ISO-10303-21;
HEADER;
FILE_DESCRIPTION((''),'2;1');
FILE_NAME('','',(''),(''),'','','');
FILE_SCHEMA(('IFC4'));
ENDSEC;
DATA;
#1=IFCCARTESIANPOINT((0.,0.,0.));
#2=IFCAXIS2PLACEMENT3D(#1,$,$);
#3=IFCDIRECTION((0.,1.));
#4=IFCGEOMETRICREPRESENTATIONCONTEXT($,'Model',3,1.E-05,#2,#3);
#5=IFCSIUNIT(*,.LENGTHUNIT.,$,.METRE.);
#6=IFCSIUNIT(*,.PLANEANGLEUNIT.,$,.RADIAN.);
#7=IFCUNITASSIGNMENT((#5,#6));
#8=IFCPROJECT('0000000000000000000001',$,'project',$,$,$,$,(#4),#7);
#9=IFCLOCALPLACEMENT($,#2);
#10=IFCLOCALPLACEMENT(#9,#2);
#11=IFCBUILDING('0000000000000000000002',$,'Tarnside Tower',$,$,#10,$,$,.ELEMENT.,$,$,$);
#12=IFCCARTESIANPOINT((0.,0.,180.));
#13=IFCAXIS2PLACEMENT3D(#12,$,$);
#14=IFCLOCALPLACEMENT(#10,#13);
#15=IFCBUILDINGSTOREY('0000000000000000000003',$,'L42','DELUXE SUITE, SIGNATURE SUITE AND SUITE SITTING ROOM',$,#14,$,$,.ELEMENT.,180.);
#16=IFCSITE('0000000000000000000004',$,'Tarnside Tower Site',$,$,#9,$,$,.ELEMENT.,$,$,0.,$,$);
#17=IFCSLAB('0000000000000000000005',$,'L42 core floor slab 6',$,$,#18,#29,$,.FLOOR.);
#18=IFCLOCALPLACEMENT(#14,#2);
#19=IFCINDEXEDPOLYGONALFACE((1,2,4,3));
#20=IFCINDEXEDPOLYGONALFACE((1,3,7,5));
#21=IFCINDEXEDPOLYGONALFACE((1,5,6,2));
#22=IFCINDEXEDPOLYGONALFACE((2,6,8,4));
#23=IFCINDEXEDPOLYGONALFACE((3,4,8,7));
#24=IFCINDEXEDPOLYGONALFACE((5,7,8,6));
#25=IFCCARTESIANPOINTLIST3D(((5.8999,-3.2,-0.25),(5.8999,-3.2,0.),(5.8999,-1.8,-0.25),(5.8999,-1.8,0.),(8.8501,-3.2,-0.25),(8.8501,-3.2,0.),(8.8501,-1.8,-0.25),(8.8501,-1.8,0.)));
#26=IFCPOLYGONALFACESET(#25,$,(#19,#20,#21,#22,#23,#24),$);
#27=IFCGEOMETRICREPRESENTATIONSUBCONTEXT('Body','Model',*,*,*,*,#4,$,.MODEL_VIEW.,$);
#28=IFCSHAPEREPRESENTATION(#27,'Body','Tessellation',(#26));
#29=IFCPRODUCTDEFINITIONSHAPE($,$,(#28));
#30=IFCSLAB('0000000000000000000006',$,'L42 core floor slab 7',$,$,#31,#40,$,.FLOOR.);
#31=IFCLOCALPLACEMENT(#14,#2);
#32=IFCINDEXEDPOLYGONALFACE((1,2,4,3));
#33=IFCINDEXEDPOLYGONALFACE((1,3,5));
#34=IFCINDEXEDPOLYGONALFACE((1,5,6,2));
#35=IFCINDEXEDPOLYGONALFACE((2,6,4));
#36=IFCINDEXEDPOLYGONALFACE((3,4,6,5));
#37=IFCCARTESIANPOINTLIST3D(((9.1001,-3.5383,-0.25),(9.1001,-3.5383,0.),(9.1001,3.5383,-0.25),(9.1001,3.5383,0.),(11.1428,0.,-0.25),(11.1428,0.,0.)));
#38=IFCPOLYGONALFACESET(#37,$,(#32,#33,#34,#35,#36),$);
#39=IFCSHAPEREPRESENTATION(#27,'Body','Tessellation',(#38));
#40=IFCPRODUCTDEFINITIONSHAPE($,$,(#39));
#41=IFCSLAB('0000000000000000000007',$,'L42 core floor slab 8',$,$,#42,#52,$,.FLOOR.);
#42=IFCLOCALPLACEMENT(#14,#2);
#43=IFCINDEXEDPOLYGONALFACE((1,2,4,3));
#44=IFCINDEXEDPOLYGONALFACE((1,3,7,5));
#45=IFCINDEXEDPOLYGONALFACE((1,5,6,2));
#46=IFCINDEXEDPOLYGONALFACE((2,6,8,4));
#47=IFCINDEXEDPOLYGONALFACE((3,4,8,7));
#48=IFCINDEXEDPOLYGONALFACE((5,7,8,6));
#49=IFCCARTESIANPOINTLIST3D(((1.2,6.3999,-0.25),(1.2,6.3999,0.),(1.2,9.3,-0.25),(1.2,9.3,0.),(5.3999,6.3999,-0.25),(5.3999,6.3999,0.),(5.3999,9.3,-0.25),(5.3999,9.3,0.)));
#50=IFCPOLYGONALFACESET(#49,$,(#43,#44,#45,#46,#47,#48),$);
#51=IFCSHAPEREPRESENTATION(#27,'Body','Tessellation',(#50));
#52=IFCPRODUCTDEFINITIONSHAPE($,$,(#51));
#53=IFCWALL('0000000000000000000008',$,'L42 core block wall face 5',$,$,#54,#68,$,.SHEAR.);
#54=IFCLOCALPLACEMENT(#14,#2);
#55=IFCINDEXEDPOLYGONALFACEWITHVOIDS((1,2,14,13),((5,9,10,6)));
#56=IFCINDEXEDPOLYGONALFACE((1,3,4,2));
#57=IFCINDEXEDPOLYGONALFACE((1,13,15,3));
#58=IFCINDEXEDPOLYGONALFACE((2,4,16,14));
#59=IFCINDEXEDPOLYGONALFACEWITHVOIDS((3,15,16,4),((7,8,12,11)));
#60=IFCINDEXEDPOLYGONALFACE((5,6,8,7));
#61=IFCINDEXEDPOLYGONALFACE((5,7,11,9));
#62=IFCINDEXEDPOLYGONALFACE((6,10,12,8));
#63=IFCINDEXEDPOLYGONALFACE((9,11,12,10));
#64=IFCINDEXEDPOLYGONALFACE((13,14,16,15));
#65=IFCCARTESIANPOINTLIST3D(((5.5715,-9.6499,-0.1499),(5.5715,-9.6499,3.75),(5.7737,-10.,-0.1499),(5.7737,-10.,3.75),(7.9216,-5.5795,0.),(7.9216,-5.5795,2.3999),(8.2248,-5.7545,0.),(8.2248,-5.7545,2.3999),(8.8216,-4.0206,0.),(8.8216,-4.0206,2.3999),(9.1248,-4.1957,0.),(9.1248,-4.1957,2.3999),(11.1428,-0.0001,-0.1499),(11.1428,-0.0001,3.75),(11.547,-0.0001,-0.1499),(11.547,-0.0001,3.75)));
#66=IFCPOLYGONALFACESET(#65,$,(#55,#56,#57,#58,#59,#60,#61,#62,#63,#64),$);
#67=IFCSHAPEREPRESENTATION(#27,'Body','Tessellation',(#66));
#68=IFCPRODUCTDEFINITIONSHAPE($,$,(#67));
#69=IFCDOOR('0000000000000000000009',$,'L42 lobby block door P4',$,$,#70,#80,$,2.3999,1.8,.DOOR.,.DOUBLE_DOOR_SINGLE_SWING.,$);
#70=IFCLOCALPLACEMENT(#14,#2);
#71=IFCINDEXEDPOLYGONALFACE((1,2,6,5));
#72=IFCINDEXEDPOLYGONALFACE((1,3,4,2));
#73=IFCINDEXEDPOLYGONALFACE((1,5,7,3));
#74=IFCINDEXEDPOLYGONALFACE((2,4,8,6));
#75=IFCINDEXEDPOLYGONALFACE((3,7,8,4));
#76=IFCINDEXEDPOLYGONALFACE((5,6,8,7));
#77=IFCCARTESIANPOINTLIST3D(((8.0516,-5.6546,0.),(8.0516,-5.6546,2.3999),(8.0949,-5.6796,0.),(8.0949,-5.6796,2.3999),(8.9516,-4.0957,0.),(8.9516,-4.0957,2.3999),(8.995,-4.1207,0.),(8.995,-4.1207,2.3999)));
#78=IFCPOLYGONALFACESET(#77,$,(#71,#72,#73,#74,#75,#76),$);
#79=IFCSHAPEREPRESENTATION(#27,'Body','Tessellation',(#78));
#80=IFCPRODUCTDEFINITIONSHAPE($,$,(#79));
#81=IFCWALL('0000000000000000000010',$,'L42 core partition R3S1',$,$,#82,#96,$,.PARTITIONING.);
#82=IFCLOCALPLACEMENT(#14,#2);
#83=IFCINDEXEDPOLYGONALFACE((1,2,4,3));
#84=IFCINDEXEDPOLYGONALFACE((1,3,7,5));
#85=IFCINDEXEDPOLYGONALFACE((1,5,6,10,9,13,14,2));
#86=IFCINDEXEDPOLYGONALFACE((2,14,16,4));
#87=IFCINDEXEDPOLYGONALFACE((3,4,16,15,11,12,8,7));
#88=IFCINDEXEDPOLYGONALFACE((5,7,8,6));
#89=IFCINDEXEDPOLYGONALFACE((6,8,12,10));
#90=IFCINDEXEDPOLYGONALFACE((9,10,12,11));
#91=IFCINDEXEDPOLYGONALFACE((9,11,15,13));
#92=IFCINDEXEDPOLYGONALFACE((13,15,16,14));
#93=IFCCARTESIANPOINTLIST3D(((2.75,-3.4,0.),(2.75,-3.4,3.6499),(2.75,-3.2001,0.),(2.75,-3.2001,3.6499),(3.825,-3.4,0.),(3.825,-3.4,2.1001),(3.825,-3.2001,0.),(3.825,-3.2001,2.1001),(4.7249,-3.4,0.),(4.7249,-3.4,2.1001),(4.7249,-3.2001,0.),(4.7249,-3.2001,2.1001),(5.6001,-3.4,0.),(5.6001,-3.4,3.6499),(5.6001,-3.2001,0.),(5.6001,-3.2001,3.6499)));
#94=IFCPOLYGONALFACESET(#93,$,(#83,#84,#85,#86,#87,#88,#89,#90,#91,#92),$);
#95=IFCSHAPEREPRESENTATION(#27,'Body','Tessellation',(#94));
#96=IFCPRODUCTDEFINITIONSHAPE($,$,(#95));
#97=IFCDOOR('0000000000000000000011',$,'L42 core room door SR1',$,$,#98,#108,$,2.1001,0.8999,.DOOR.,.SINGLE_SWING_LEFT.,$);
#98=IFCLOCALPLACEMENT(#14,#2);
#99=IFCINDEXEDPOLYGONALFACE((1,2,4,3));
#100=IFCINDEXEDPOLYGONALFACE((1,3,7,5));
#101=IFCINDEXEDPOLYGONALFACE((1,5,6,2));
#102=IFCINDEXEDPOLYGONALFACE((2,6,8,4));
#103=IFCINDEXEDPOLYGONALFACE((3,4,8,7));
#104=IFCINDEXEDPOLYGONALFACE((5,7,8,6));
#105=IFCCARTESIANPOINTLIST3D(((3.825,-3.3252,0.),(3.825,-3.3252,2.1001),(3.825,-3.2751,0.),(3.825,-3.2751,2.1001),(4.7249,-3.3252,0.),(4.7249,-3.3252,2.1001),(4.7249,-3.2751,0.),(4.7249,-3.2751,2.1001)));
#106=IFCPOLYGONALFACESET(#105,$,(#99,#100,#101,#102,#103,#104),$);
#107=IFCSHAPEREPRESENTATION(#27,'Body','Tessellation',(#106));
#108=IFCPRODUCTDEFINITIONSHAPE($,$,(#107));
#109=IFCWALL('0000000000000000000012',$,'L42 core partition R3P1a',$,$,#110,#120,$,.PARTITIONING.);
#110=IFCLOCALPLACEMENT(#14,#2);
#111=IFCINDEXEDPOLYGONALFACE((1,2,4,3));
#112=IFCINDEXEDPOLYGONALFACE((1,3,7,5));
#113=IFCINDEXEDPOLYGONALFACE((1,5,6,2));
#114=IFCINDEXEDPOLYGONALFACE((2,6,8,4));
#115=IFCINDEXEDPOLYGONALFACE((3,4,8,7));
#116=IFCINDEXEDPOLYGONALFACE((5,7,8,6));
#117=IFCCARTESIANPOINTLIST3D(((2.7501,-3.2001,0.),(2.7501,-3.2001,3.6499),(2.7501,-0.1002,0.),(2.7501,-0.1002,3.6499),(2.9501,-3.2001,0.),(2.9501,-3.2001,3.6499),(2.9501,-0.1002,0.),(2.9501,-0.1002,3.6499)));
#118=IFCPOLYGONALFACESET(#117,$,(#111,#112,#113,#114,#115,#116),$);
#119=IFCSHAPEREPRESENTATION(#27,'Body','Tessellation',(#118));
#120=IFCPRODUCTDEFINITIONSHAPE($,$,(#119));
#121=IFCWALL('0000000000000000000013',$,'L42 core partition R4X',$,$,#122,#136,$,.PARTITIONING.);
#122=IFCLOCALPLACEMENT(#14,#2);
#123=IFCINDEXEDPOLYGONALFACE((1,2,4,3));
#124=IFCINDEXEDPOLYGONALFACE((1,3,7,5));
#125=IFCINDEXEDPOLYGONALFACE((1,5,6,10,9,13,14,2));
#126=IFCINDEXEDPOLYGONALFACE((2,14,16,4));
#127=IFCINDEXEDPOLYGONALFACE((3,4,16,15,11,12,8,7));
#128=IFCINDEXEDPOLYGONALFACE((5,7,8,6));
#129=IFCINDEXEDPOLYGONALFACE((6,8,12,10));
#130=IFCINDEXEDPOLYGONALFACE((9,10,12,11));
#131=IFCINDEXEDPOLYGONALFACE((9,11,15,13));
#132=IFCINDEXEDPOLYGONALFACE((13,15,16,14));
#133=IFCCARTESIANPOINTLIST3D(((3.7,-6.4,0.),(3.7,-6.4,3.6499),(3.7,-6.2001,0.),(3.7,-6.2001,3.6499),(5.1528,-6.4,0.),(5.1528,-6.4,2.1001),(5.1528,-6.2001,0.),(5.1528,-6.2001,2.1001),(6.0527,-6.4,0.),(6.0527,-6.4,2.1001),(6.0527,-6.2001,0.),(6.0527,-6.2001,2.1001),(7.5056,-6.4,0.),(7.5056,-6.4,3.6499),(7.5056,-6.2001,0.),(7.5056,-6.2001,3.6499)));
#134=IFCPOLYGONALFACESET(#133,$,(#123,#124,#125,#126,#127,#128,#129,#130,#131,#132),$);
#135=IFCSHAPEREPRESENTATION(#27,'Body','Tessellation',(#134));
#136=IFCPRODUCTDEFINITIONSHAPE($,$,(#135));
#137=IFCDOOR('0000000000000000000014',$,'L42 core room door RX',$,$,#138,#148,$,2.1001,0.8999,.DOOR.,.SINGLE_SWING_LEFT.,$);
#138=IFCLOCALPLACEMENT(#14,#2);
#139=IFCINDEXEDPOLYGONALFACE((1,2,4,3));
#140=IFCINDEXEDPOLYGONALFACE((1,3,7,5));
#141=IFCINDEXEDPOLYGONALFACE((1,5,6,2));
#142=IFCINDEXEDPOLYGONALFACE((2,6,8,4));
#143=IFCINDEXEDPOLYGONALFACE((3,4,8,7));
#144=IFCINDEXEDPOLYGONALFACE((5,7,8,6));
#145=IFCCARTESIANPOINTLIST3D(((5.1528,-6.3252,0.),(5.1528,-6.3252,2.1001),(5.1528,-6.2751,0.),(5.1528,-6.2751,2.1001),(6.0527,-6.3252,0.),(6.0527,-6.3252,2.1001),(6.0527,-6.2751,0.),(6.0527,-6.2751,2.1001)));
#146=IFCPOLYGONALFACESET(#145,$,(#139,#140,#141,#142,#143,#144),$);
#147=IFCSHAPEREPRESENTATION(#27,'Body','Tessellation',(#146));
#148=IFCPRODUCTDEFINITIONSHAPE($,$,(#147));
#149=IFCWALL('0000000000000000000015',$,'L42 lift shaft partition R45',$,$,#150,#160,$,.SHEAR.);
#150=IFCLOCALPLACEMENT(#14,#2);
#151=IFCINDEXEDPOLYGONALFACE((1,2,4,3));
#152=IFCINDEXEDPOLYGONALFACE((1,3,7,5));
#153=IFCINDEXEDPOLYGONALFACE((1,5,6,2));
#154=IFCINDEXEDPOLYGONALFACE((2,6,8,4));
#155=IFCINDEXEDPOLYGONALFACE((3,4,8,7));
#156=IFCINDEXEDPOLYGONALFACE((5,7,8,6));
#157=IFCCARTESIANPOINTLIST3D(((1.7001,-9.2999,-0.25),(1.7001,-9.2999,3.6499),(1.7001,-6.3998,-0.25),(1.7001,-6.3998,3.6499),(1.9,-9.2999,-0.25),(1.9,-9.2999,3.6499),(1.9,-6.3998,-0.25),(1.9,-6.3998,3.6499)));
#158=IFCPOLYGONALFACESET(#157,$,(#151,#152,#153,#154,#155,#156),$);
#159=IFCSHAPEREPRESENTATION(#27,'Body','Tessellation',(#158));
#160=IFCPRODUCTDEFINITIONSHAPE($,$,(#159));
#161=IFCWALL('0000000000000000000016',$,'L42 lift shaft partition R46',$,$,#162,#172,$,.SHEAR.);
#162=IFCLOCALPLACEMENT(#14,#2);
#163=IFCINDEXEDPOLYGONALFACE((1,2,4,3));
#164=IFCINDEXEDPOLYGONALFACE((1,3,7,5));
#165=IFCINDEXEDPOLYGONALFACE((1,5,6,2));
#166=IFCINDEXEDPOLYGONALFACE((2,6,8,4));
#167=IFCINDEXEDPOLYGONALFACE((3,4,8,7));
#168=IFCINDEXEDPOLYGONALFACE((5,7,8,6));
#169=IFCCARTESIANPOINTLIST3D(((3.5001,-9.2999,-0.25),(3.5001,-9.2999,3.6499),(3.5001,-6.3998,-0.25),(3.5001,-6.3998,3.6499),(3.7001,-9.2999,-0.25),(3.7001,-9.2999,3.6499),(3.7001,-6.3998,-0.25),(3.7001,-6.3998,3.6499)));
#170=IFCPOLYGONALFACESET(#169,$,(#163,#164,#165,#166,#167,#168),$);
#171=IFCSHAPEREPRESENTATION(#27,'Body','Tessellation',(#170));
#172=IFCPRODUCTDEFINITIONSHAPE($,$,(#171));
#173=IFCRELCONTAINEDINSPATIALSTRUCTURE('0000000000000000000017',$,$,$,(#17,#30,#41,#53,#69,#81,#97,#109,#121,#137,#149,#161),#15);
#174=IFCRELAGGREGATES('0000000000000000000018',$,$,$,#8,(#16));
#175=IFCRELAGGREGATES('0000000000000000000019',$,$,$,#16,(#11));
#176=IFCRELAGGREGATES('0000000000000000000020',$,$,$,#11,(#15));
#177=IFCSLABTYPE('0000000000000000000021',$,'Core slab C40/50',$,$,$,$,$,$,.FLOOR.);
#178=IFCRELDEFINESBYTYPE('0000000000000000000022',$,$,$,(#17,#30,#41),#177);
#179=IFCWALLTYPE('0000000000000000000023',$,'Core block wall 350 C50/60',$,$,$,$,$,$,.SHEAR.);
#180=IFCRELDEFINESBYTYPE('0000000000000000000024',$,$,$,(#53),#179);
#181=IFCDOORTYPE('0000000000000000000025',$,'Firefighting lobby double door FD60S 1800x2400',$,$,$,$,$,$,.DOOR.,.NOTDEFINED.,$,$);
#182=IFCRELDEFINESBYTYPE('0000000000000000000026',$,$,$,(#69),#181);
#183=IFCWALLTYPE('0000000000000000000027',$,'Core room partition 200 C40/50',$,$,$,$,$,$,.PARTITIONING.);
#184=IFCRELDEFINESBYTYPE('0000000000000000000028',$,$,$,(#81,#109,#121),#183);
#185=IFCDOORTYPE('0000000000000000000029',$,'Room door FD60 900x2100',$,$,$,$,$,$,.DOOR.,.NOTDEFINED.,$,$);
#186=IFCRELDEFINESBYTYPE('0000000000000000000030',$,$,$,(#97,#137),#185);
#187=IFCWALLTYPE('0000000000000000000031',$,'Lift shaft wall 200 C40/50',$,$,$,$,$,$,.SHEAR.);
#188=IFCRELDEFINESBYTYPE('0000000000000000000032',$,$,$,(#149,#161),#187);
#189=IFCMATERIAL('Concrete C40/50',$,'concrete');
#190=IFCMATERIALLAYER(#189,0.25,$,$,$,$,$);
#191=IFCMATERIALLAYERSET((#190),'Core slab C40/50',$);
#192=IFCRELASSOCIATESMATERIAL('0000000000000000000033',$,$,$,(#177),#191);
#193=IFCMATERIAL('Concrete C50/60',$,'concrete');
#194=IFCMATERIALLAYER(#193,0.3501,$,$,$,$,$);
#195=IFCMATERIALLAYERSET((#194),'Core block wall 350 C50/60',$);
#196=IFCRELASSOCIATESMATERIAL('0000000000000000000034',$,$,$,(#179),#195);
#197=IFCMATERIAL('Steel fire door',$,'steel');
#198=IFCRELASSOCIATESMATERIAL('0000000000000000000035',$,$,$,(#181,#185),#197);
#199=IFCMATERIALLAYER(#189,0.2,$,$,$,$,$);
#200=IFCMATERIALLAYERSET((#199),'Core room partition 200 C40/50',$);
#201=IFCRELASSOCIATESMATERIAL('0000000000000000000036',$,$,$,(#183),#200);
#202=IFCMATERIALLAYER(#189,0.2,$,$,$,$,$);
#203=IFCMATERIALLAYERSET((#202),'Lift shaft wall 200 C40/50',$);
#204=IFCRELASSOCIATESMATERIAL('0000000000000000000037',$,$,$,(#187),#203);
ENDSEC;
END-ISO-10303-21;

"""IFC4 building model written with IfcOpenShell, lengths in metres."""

from ifc_helpers import new_model, si_unit, direction, frame, frame_2d, origin, place, context, subcontext, project, spatial, polyline, rectangle, outline, extrude, material, layer, layer_set, type_object, element, fill, save


model = new_model("IFC4")

# Units and contexts
model_context = context("Model", 3, precision=1e-05, world=origin(), true_north=direction((0.0, 1.0)))
body_context = subcontext(model_context, "Body", "Model", "MODEL_VIEW")
ifc_project = project(units=[si_unit("LENGTHUNIT", "METRE"), si_unit("PLANEANGLEUNIT", "RADIAN")], contexts=[model_context])

# Site, building, storey
site_placement = place(None, origin())
site = spatial("IfcSite", under=ifc_project, at=site_placement, Name="Tarnside Tower Site", CompositionType="ELEMENT", RefElevation=0.0)
building_placement = place(site_placement, origin())
building = spatial("IfcBuilding", under=site, at=building_placement, Name="Tarnside Tower", CompositionType="ELEMENT")
storey_placement = place(building_placement, frame((0.0, 0.0, 180.0)))
storey = spatial("IfcBuildingStorey", under=building, at=storey_placement, Name="L42", Description="DELUXE SUITE, SIGNATURE SUITE AND SUITE SITTING ROOM", CompositionType="ELEMENT", Elevation=180.0)

# Slabs
ifc_material_1 = material(Name="Concrete C40/50", Category="concrete")
ifc_layer_1 = layer(ifc_material_1, 0.25)
ifc_layer_set_1 = layer_set([ifc_layer_1], Name="Core slab C40/50")
slab_type = type_object("IfcSlabType", Name="Core slab C40/50", PredefinedType="FLOOR", material=ifc_layer_set_1)
slab_1_placement = place(storey_placement, frame((0.0, 0.0, -0.25)))
element("IfcSlab", 1, at=slab_1_placement, inside=storey, type_object=slab_type, Name="L42 core floor slab 6", PredefinedType="FLOOR", context=body_context, shape_type="SweptSolid", body=[
    extrude(outline(polyline([(5.8999, -3.2), (5.8999, -1.8), (8.8501, -1.8), (8.8501, -3.2), (5.8999, -3.2)])), origin(), (0.0, 0.0, 1.0), 0.25),
])
slab_2_placement = place(storey_placement, frame((0.0, 0.0, -0.25)))
element("IfcSlab", 2, at=slab_2_placement, inside=storey, type_object=slab_type, Name="L42 core floor slab 7", PredefinedType="FLOOR", context=body_context, shape_type="SweptSolid", body=[
    extrude(outline(polyline([(9.1001, -3.5383), (9.1001, 3.5383), (11.1428, 0.0), (9.1001, -3.5383)])), origin(), (0.0, 0.0, 1.0), 0.25),
])
slab_3_placement = place(storey_placement, frame((0.0, 0.0, -0.25)))
element("IfcSlab", 3, at=slab_3_placement, inside=storey, type_object=slab_type, Name="L42 core floor slab 8", PredefinedType="FLOOR", context=body_context, shape_type="SweptSolid", body=[
    extrude(outline(polyline([(5.3999, 9.3), (5.3999, 6.3999), (1.2, 6.3999), (1.2, 9.3), (5.3999, 9.3)])), origin(), (0.0, 0.0, 1.0), 0.25),
])

# Walls, openings, doors
ifc_material_2 = material(Name="Concrete C50/60", Category="concrete")
ifc_layer_2 = layer(ifc_material_2, 0.3501)
ifc_layer_set_2 = layer_set([ifc_layer_2], Name="Core block wall 350 C50/60")
wall_type_1 = type_object("IfcWallType", Name="Core block wall 350 C50/60", PredefinedType="SHEAR", material=ifc_layer_set_2)
wall_1_placement = place(storey_placement, frame((5.6726, -9.825, -0.1499), z_axis=(0.0, 0.0, 1.0), x_axis=(0.499995, 0.866028, 0.0)))
wall_1 = element("IfcWall", 4, at=wall_1_placement, inside=storey, type_object=wall_type_1, Name="L42 core block wall face 5", PredefinedType="SHEAR", context=body_context, shape_type="SweptSolid", body=[
    extrude(outline(polyline([(-0.1011, -0.175), (11.4458, -0.175), (11.2437, 0.175), (0.1011, 0.175), (-0.1011, -0.175)])), origin(), (0.0, 0.0, 1.0), 3.8999),
])
opening_1_placement = place(wall_1_placement, frame((4.8013, 0.0, 0.1499)))
opening_1 = element("IfcOpeningElement", 5, at=opening_1_placement, cuts=wall_1, PredefinedType="OPENING", context=body_context, shape_type="SweptSolid", body=[
    extrude(rectangle(XDim=1.8, YDim=2.3999, at=frame_2d((0.8999, 1.2))), frame((0.0, 0.1851, 0.0), z_axis=(0.0, -1.0, 0.0), x_axis=(1.0, 0.0, 0.0)), (0.0, 0.0, 1.0), 0.3701),
])
ifc_material_3 = material(Name="Steel fire door", Category="steel")
door_type_1 = type_object("IfcDoorType", Name="Firefighting lobby double door FD60S 1800x2400", OperationType="NOTDEFINED", PredefinedType="DOOR", material=ifc_material_3)
door_1_placement = place(opening_1_placement, origin())
door_1 = element("IfcDoor", 6, at=door_1_placement, inside=storey, type_object=door_type_1, Name="L42 lobby block door P4", OperationType="DOUBLE_DOOR_SINGLE_SWING", OverallHeight=2.3999, OverallWidth=1.8, PredefinedType="DOOR", context=body_context, shape_type="SweptSolid", body=[
    extrude(rectangle(XDim=1.8, YDim=2.3999, at=frame_2d((0.8999, 1.2))), frame((0.0, 0.0249, 0.0), z_axis=(0.0, -1.0, 0.0), x_axis=(1.0, 0.0, 0.0)), (0.0, 0.0, 1.0), 0.05),
])
fill(opening_1, door_1)
ifc_layer_3 = layer(ifc_material_1, 0.2)
ifc_layer_set_3 = layer_set([ifc_layer_3], Name="Core room partition 200 C40/50")
wall_type_2 = type_object("IfcWallType", Name="Core room partition 200 C40/50", PredefinedType="PARTITIONING", material=ifc_layer_set_3)
wall_2_placement = place(storey_placement, frame((2.75, -3.3, 0.0), z_axis=(0.0, 0.0, 1.0), x_axis=(1.0, 0.0, 0.0)))
wall_2 = element("IfcWall", 7, at=wall_2_placement, inside=storey, type_object=wall_type_2, Name="L42 core partition R3S1", PredefinedType="PARTITIONING", context=body_context, shape_type="SweptSolid", body=[
    extrude(rectangle(XDim=2.8501, YDim=0.2, at=frame_2d((1.425, 0.0))), origin(), (0.0, 0.0, 1.0), 3.6499),
])
opening_2_placement = place(wall_2_placement, frame((1.075, 0.0, 0.0)))
opening_2 = element("IfcOpeningElement", 8, at=opening_2_placement, cuts=wall_2, PredefinedType="OPENING", context=body_context, shape_type="SweptSolid", body=[
    extrude(rectangle(XDim=0.8999, YDim=2.1001, at=frame_2d((0.45, 1.05))), frame((0.0, 0.1099, 0.0), z_axis=(0.0, -1.0, 0.0), x_axis=(1.0, 0.0, 0.0)), (0.0, 0.0, 1.0), 0.22),
])
door_type_2 = type_object("IfcDoorType", Name="Room door FD60 900x2100", OperationType="NOTDEFINED", PredefinedType="DOOR", material=ifc_material_3)
door_2_placement = place(opening_2_placement, origin())
door_2 = element("IfcDoor", 9, at=door_2_placement, inside=storey, type_object=door_type_2, Name="L42 core room door SR1", OperationType="SINGLE_SWING_LEFT", OverallHeight=2.1001, OverallWidth=0.8999, PredefinedType="DOOR", context=body_context, shape_type="SweptSolid", body=[
    extrude(rectangle(XDim=0.8999, YDim=2.1001, at=frame_2d((0.45, 1.05))), frame((0.0, 0.0249, 0.0), z_axis=(0.0, -1.0, 0.0), x_axis=(1.0, 0.0, 0.0)), (0.0, 0.0, 1.0), 0.05),
])
fill(opening_2, door_2)

# Wall
wall_3_placement = place(storey_placement, frame((2.8501, -3.2, 0.0), z_axis=(0.0, 0.0, 1.0), x_axis=(0.0, 1.0, 0.0)))
element("IfcWall", 10, at=wall_3_placement, inside=storey, type_object=wall_type_2, Name="L42 core partition R3P1a", PredefinedType="PARTITIONING", context=body_context, shape_type="SweptSolid", body=[
    extrude(rectangle(XDim=3.0999, YDim=0.2, at=frame_2d((1.5498, 0.0))), origin(), (0.0, 0.0, 1.0), 3.6499),
])

# Wall, opening, door
wall_4_placement = place(storey_placement, frame((3.7, -6.3, 0.0), z_axis=(0.0, 0.0, 1.0), x_axis=(1.0, 0.0, 0.0)))
wall_4 = element("IfcWall", 11, at=wall_4_placement, inside=storey, type_object=wall_type_2, Name="L42 core partition R4X", PredefinedType="PARTITIONING", context=body_context, shape_type="SweptSolid", body=[
    extrude(rectangle(XDim=3.8057, YDim=0.2, at=frame_2d((1.9028, 0.0))), origin(), (0.0, 0.0, 1.0), 3.6499),
])
opening_3_placement = place(wall_4_placement, frame((1.4529, 0.0, 0.0)))
opening_3 = element("IfcOpeningElement", 12, at=opening_3_placement, cuts=wall_4, PredefinedType="OPENING", context=body_context, shape_type="SweptSolid", body=[
    extrude(rectangle(XDim=0.8999, YDim=2.1001, at=frame_2d((0.45, 1.05))), frame((0.0, 0.1099, 0.0), z_axis=(0.0, -1.0, 0.0), x_axis=(1.0, 0.0, 0.0)), (0.0, 0.0, 1.0), 0.22),
])
door_3_placement = place(opening_3_placement, origin())
door_3 = element("IfcDoor", 13, at=door_3_placement, inside=storey, type_object=door_type_2, Name="L42 core room door RX", OperationType="SINGLE_SWING_LEFT", OverallHeight=2.1001, OverallWidth=0.8999, PredefinedType="DOOR", context=body_context, shape_type="SweptSolid", body=[
    extrude(rectangle(XDim=0.8999, YDim=2.1001, at=frame_2d((0.45, 1.05))), frame((0.0, 0.0249, 0.0), z_axis=(0.0, -1.0, 0.0), x_axis=(1.0, 0.0, 0.0)), (0.0, 0.0, 1.0), 0.05),
])
fill(opening_3, door_3)

# Walls
ifc_layer_4 = layer(ifc_material_1, 0.2)
ifc_layer_set_4 = layer_set([ifc_layer_4], Name="Lift shaft wall 200 C40/50")
wall_type_3 = type_object("IfcWallType", Name="Lift shaft wall 200 C40/50", PredefinedType="SHEAR", material=ifc_layer_set_4)
for number, where, z_axis, x_axis, name in (
    (14, (1.8, -9.3, -0.25), (0.0, 0.0, 1.0), (0.0, 1.0, 0.0), "L42 lift shaft partition R45"),
    (15, (3.6001, -9.3, -0.25), (0.0, 0.0, 1.0), (0.0, 1.0, 0.0), "L42 lift shaft partition R46"),
):
    element("IfcWall", number, at=place(storey_placement, frame(where, z_axis=z_axis, x_axis=x_axis)), inside=storey, type_object=wall_type_3, Name=name, PredefinedType="SHEAR", context=body_context, shape_type="SweptSolid", body=[
        extrude(rectangle(XDim=2.9001, YDim=0.2, at=frame_2d((1.4502, 0.0))), origin(), (0.0, 0.0, 1.0), 3.8999),
    ])

save(model, "model.ifc")
